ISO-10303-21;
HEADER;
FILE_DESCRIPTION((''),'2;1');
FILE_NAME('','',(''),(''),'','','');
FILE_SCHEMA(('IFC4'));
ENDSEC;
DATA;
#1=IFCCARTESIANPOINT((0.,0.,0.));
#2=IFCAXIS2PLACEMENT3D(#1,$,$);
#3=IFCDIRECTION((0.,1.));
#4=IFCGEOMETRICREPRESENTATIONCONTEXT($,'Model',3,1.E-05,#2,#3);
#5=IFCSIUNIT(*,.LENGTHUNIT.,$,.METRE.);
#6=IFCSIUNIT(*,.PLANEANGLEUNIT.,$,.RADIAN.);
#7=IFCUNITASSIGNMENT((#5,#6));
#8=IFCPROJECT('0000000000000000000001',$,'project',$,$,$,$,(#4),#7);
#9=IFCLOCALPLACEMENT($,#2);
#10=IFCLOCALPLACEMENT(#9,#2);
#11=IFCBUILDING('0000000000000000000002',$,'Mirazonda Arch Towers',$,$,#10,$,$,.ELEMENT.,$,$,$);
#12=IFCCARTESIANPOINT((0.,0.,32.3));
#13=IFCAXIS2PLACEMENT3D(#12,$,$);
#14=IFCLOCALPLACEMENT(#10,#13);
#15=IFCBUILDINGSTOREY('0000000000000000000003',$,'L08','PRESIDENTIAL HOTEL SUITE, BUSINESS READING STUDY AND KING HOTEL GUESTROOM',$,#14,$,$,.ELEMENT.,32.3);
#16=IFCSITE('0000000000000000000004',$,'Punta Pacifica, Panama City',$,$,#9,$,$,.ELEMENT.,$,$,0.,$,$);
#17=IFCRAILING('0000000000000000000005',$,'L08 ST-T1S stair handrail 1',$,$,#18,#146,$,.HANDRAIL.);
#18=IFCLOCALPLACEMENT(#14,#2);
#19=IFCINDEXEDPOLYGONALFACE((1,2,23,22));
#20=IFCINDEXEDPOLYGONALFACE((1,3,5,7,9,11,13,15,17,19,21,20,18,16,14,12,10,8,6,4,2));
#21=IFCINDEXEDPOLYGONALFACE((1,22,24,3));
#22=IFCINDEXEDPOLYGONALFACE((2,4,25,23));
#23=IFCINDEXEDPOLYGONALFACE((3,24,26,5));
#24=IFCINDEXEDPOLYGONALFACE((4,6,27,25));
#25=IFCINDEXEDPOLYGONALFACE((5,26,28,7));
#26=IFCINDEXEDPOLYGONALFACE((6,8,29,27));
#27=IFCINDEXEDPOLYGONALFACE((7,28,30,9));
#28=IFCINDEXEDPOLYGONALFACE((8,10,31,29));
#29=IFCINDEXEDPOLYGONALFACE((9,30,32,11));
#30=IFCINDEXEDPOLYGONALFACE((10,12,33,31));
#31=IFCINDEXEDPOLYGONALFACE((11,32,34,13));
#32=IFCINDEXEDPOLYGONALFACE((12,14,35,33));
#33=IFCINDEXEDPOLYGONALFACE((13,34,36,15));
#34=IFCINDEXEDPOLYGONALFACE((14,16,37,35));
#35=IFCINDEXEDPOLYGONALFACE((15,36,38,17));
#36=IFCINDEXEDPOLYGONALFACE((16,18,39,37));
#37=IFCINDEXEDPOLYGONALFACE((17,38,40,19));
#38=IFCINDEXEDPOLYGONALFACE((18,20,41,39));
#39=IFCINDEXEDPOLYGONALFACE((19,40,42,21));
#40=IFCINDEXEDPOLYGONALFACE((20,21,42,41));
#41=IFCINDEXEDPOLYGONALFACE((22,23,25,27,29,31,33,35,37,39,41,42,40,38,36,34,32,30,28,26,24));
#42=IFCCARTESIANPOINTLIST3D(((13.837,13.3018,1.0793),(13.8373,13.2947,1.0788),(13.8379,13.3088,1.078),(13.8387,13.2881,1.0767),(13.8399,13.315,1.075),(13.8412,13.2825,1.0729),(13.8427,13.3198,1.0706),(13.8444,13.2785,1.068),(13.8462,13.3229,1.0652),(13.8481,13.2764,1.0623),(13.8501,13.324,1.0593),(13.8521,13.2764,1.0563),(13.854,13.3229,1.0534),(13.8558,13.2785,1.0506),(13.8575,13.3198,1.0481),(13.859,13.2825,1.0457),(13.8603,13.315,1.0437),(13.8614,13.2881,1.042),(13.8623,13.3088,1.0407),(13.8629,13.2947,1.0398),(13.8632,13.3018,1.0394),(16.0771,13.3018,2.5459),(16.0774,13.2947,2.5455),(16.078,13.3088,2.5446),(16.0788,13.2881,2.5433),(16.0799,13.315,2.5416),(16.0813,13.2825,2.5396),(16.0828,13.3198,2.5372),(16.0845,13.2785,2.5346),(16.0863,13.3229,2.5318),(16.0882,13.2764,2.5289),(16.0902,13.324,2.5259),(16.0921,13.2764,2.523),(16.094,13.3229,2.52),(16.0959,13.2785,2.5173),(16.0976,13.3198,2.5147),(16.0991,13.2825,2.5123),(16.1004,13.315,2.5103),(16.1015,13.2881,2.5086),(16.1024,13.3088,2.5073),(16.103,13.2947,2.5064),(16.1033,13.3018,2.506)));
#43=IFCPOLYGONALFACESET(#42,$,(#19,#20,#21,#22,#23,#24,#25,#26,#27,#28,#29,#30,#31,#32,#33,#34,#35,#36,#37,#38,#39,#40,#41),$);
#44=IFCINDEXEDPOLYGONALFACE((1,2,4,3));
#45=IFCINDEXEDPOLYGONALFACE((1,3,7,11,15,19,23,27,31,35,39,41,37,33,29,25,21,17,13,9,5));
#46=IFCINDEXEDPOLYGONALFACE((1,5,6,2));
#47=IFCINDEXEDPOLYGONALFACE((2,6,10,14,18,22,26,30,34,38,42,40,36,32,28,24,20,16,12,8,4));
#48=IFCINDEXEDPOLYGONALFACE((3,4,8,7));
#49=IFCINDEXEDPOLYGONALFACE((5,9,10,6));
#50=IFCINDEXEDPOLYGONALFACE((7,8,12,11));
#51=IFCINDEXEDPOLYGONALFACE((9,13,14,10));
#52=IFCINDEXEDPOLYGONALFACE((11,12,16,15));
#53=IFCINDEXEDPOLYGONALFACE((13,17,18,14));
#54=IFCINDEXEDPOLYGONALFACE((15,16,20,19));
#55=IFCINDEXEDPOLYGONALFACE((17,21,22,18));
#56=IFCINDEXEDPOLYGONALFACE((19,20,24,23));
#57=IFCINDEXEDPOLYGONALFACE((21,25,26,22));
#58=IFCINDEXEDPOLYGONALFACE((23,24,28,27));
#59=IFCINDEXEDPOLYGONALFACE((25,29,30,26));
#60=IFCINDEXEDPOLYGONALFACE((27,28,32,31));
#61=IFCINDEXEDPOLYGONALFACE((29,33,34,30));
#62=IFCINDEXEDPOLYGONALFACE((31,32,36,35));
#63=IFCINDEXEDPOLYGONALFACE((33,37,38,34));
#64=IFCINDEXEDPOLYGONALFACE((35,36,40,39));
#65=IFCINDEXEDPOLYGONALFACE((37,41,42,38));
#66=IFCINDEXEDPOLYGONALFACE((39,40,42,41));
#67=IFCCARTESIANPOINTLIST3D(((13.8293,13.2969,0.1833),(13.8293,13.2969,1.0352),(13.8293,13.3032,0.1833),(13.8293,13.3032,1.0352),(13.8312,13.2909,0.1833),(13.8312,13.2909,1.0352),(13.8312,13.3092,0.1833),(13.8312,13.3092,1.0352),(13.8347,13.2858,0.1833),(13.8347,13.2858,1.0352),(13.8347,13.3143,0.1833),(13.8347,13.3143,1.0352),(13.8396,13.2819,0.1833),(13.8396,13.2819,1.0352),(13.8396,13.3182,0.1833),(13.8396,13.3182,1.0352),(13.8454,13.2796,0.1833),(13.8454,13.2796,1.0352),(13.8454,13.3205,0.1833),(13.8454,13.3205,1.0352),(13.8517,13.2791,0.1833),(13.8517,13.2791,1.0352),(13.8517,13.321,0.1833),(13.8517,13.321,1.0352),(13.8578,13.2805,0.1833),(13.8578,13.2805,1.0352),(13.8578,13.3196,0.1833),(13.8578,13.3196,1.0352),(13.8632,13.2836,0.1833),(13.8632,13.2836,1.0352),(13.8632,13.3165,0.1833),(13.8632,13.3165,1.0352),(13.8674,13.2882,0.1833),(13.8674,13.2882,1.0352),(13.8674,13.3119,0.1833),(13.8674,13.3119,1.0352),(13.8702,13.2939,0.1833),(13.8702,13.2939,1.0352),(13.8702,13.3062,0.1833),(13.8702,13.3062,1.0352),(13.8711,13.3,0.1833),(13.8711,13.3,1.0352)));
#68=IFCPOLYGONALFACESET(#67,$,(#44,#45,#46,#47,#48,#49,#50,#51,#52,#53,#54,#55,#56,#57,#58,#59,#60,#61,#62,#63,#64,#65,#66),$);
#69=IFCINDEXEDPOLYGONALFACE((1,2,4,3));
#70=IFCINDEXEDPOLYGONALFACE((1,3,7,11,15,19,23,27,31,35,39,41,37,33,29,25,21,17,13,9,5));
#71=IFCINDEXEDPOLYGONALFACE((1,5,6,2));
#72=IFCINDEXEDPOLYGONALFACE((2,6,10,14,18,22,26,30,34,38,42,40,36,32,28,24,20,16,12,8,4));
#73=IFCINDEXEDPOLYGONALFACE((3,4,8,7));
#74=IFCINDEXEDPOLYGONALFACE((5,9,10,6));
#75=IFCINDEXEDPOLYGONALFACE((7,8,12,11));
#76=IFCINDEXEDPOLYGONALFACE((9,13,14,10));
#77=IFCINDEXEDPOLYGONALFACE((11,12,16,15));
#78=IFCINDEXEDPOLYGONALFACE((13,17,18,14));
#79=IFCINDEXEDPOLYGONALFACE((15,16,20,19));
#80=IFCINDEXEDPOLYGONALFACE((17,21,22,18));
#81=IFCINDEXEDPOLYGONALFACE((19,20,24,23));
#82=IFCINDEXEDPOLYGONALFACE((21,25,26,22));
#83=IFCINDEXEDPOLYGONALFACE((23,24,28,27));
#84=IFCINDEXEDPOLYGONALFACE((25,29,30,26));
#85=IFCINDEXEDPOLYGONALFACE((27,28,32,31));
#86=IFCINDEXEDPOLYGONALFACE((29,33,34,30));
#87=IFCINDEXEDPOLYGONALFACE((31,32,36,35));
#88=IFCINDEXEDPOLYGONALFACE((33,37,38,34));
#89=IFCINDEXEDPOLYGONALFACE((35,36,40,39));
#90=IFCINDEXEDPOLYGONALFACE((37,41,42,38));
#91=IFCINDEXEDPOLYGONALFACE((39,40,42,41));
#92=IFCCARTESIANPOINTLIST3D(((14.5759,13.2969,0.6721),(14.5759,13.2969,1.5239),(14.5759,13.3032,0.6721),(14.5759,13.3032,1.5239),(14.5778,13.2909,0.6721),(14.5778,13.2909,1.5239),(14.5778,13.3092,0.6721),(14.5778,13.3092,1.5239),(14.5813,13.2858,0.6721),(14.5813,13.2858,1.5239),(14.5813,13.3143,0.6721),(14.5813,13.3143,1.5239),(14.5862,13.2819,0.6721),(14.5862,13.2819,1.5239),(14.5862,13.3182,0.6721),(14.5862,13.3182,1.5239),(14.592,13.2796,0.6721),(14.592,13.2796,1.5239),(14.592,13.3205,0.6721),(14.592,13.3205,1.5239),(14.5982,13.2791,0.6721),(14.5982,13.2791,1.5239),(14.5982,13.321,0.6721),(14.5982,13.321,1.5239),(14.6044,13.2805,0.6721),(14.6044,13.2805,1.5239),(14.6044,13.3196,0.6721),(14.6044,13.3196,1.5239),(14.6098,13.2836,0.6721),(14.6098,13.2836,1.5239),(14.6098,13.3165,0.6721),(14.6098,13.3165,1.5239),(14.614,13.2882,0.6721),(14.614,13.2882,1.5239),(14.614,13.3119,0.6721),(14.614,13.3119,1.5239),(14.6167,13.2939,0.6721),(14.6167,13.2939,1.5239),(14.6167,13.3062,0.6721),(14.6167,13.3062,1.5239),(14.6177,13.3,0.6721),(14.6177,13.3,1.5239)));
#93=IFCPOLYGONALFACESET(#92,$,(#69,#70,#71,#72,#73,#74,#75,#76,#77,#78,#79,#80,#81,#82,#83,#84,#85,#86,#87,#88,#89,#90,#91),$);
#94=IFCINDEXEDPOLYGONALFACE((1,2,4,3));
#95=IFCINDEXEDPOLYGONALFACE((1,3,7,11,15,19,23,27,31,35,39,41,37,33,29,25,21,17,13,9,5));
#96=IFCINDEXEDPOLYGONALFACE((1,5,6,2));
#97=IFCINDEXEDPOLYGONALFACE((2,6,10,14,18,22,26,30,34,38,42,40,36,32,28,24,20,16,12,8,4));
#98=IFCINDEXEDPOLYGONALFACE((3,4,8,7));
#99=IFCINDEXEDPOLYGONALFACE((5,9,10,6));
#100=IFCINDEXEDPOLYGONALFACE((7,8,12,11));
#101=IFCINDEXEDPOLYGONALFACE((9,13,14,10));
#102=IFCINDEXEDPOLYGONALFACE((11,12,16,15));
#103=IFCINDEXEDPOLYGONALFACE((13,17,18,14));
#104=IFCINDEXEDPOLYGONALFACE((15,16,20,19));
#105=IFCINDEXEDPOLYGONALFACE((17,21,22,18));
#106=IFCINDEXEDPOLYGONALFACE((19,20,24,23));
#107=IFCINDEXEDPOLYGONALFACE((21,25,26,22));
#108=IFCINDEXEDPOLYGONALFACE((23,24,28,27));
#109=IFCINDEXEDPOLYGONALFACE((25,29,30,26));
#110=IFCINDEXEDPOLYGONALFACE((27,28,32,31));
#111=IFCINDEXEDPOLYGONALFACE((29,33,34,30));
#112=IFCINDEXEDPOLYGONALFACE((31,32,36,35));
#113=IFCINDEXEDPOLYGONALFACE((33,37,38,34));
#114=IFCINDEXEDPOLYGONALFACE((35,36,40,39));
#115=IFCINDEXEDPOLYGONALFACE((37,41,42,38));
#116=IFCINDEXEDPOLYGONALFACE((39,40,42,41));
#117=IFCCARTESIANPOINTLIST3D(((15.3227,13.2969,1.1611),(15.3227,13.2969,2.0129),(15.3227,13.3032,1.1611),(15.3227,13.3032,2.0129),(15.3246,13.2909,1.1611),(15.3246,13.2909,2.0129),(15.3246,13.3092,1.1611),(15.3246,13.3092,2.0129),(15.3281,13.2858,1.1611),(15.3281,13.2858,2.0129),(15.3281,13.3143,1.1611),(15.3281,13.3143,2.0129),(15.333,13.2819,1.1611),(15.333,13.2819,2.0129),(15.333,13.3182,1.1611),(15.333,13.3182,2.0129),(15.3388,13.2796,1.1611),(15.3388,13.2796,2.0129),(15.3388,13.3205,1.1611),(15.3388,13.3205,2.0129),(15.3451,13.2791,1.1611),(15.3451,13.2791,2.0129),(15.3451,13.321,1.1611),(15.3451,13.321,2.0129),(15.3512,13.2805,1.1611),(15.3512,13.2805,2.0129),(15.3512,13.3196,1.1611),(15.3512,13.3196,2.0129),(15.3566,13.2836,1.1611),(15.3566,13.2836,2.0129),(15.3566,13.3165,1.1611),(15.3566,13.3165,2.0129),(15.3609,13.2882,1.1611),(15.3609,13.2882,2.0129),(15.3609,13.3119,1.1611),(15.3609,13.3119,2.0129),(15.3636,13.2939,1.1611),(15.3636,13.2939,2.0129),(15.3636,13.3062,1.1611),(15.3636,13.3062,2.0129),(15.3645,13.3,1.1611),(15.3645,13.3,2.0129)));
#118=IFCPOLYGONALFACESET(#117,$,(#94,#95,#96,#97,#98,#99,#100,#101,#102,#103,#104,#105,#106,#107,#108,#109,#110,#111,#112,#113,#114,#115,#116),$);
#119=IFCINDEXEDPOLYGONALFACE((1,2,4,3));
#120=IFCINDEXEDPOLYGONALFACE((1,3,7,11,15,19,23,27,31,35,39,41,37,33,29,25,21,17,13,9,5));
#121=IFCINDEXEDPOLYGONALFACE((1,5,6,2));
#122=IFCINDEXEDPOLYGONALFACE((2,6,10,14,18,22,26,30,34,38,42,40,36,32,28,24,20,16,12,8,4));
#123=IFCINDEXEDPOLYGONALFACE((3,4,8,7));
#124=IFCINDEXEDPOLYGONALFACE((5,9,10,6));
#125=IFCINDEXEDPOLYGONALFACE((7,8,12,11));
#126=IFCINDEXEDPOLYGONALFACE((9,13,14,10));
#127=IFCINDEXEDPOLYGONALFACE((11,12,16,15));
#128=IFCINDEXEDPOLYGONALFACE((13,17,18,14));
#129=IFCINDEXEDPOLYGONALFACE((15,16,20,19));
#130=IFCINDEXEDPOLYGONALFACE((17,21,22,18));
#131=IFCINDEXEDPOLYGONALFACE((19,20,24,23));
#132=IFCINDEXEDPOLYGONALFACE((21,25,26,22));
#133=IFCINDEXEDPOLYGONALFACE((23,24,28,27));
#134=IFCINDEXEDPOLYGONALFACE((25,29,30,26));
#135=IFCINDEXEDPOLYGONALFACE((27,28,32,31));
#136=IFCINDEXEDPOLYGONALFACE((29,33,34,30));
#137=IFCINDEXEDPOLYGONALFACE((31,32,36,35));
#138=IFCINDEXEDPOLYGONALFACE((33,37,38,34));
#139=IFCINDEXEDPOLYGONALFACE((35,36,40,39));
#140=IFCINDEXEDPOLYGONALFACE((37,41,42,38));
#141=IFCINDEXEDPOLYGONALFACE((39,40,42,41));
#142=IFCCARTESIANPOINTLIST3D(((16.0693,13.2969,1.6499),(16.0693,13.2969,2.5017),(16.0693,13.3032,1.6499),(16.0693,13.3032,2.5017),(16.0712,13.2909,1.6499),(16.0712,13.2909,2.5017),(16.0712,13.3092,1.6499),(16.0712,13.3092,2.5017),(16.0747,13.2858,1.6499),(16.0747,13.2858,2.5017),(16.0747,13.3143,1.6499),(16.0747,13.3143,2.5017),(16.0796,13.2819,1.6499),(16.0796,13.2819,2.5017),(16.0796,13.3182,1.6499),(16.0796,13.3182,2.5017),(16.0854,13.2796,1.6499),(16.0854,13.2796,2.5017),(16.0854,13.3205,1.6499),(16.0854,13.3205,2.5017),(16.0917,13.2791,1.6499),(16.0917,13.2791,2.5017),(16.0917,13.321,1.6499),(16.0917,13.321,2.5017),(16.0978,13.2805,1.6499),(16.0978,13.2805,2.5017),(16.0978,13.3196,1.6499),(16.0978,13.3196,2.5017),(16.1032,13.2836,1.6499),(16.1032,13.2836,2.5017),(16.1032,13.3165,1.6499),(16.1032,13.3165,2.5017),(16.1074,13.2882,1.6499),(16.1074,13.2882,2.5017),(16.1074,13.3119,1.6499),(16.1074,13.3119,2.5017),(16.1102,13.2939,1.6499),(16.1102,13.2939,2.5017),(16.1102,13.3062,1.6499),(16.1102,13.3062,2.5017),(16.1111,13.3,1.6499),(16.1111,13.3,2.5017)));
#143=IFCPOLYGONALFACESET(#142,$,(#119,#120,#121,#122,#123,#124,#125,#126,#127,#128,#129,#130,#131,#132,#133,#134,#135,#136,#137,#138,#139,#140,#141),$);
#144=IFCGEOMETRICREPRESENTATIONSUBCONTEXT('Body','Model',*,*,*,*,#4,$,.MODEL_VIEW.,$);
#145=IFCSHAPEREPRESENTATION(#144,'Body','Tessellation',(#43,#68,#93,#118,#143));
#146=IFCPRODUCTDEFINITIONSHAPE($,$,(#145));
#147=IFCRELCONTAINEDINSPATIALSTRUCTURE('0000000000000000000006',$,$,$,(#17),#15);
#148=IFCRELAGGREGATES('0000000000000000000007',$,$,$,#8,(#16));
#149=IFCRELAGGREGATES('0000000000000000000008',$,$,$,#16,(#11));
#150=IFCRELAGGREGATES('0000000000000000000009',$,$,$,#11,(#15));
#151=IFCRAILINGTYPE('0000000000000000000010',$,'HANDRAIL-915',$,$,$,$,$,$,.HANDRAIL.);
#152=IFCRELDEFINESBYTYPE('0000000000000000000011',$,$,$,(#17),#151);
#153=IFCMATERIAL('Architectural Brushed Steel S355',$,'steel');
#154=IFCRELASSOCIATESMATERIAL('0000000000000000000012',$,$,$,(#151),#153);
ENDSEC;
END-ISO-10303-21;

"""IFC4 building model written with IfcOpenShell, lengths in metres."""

from ifc_helpers import new_model, si_unit, direction, frame, origin, origin_2d, place, context, subcontext, project, spatial, circle, extrude, material, type_object, element, save


model = new_model("IFC4")

# Units and contexts
model_context = context("Model", 3, precision=1e-05, world=origin(), true_north=direction((0.0, 1.0)))
body_context = subcontext(model_context, "Body", "Model", "MODEL_VIEW")
ifc_project = project(units=[si_unit("LENGTHUNIT", "METRE"), si_unit("PLANEANGLEUNIT", "RADIAN")], contexts=[model_context])

# Site, building, storey
site_placement = place(None, origin())
site = spatial("IfcSite", under=ifc_project, at=site_placement, Name="Punta Pacifica, Panama City", CompositionType="ELEMENT", RefElevation=0.0)
building_placement = place(site_placement, origin())
building = spatial("IfcBuilding", under=site, at=building_placement, Name="Mirazonda Arch Towers", CompositionType="ELEMENT")
storey_placement = place(building_placement, frame((0.0, 0.0, 32.3)))
storey = spatial("IfcBuildingStorey", under=building, at=storey_placement, Name="L08", Description="PRESIDENTIAL HOTEL SUITE, BUSINESS READING STUDY AND KING HOTEL GUESTROOM", CompositionType="ELEMENT", Elevation=32.3)

# Shared definitions
ifc_material_1 = material(Name="Architectural Brushed Steel S355", Category="steel")

# Railing
railing_type_1 = type_object("IfcRailingType", Name="HANDRAIL-915", PredefinedType="HANDRAIL", material=ifc_material_1)
railing_1_placement = place(storey_placement, frame((13.8501, 13.3, 0.1833)))
element("IfcRailing", 1, at=railing_1_placement, inside=storey, type_object=railing_type_1, Name="L08 ST-T1S stair handrail 1", PredefinedType="HANDRAIL", context=body_context, shape_type="SweptSolid", body=[
    extrude(circle(Radius=0.0239, at=origin_2d()), frame((0.0, 0.0, 0.876), z_axis=(0.836637, 0.0, 0.547758), x_axis=(0.0, 1.0, 0.0)), (0.0, 0.0, 1.0), 2.6775),
    extrude(circle(Radius=0.021, at=origin_2d()), origin(), (0.0, 0.0, 1.0), 0.8518),
    extrude(circle(Radius=0.021, at=origin_2d()), frame((0.7466, 0.0, 0.4888)), (0.0, 0.0, 1.0), 0.8518),
    extrude(circle(Radius=0.021, at=origin_2d()), frame((1.4934, 0.0, 0.9778)), (0.0, 0.0, 1.0), 0.8518),
    extrude(circle(Radius=0.021, at=origin_2d()), frame((2.24, 0.0, 1.4666)), (0.0, 0.0, 1.0), 0.8518),
])

save(model, "model.ifc")
